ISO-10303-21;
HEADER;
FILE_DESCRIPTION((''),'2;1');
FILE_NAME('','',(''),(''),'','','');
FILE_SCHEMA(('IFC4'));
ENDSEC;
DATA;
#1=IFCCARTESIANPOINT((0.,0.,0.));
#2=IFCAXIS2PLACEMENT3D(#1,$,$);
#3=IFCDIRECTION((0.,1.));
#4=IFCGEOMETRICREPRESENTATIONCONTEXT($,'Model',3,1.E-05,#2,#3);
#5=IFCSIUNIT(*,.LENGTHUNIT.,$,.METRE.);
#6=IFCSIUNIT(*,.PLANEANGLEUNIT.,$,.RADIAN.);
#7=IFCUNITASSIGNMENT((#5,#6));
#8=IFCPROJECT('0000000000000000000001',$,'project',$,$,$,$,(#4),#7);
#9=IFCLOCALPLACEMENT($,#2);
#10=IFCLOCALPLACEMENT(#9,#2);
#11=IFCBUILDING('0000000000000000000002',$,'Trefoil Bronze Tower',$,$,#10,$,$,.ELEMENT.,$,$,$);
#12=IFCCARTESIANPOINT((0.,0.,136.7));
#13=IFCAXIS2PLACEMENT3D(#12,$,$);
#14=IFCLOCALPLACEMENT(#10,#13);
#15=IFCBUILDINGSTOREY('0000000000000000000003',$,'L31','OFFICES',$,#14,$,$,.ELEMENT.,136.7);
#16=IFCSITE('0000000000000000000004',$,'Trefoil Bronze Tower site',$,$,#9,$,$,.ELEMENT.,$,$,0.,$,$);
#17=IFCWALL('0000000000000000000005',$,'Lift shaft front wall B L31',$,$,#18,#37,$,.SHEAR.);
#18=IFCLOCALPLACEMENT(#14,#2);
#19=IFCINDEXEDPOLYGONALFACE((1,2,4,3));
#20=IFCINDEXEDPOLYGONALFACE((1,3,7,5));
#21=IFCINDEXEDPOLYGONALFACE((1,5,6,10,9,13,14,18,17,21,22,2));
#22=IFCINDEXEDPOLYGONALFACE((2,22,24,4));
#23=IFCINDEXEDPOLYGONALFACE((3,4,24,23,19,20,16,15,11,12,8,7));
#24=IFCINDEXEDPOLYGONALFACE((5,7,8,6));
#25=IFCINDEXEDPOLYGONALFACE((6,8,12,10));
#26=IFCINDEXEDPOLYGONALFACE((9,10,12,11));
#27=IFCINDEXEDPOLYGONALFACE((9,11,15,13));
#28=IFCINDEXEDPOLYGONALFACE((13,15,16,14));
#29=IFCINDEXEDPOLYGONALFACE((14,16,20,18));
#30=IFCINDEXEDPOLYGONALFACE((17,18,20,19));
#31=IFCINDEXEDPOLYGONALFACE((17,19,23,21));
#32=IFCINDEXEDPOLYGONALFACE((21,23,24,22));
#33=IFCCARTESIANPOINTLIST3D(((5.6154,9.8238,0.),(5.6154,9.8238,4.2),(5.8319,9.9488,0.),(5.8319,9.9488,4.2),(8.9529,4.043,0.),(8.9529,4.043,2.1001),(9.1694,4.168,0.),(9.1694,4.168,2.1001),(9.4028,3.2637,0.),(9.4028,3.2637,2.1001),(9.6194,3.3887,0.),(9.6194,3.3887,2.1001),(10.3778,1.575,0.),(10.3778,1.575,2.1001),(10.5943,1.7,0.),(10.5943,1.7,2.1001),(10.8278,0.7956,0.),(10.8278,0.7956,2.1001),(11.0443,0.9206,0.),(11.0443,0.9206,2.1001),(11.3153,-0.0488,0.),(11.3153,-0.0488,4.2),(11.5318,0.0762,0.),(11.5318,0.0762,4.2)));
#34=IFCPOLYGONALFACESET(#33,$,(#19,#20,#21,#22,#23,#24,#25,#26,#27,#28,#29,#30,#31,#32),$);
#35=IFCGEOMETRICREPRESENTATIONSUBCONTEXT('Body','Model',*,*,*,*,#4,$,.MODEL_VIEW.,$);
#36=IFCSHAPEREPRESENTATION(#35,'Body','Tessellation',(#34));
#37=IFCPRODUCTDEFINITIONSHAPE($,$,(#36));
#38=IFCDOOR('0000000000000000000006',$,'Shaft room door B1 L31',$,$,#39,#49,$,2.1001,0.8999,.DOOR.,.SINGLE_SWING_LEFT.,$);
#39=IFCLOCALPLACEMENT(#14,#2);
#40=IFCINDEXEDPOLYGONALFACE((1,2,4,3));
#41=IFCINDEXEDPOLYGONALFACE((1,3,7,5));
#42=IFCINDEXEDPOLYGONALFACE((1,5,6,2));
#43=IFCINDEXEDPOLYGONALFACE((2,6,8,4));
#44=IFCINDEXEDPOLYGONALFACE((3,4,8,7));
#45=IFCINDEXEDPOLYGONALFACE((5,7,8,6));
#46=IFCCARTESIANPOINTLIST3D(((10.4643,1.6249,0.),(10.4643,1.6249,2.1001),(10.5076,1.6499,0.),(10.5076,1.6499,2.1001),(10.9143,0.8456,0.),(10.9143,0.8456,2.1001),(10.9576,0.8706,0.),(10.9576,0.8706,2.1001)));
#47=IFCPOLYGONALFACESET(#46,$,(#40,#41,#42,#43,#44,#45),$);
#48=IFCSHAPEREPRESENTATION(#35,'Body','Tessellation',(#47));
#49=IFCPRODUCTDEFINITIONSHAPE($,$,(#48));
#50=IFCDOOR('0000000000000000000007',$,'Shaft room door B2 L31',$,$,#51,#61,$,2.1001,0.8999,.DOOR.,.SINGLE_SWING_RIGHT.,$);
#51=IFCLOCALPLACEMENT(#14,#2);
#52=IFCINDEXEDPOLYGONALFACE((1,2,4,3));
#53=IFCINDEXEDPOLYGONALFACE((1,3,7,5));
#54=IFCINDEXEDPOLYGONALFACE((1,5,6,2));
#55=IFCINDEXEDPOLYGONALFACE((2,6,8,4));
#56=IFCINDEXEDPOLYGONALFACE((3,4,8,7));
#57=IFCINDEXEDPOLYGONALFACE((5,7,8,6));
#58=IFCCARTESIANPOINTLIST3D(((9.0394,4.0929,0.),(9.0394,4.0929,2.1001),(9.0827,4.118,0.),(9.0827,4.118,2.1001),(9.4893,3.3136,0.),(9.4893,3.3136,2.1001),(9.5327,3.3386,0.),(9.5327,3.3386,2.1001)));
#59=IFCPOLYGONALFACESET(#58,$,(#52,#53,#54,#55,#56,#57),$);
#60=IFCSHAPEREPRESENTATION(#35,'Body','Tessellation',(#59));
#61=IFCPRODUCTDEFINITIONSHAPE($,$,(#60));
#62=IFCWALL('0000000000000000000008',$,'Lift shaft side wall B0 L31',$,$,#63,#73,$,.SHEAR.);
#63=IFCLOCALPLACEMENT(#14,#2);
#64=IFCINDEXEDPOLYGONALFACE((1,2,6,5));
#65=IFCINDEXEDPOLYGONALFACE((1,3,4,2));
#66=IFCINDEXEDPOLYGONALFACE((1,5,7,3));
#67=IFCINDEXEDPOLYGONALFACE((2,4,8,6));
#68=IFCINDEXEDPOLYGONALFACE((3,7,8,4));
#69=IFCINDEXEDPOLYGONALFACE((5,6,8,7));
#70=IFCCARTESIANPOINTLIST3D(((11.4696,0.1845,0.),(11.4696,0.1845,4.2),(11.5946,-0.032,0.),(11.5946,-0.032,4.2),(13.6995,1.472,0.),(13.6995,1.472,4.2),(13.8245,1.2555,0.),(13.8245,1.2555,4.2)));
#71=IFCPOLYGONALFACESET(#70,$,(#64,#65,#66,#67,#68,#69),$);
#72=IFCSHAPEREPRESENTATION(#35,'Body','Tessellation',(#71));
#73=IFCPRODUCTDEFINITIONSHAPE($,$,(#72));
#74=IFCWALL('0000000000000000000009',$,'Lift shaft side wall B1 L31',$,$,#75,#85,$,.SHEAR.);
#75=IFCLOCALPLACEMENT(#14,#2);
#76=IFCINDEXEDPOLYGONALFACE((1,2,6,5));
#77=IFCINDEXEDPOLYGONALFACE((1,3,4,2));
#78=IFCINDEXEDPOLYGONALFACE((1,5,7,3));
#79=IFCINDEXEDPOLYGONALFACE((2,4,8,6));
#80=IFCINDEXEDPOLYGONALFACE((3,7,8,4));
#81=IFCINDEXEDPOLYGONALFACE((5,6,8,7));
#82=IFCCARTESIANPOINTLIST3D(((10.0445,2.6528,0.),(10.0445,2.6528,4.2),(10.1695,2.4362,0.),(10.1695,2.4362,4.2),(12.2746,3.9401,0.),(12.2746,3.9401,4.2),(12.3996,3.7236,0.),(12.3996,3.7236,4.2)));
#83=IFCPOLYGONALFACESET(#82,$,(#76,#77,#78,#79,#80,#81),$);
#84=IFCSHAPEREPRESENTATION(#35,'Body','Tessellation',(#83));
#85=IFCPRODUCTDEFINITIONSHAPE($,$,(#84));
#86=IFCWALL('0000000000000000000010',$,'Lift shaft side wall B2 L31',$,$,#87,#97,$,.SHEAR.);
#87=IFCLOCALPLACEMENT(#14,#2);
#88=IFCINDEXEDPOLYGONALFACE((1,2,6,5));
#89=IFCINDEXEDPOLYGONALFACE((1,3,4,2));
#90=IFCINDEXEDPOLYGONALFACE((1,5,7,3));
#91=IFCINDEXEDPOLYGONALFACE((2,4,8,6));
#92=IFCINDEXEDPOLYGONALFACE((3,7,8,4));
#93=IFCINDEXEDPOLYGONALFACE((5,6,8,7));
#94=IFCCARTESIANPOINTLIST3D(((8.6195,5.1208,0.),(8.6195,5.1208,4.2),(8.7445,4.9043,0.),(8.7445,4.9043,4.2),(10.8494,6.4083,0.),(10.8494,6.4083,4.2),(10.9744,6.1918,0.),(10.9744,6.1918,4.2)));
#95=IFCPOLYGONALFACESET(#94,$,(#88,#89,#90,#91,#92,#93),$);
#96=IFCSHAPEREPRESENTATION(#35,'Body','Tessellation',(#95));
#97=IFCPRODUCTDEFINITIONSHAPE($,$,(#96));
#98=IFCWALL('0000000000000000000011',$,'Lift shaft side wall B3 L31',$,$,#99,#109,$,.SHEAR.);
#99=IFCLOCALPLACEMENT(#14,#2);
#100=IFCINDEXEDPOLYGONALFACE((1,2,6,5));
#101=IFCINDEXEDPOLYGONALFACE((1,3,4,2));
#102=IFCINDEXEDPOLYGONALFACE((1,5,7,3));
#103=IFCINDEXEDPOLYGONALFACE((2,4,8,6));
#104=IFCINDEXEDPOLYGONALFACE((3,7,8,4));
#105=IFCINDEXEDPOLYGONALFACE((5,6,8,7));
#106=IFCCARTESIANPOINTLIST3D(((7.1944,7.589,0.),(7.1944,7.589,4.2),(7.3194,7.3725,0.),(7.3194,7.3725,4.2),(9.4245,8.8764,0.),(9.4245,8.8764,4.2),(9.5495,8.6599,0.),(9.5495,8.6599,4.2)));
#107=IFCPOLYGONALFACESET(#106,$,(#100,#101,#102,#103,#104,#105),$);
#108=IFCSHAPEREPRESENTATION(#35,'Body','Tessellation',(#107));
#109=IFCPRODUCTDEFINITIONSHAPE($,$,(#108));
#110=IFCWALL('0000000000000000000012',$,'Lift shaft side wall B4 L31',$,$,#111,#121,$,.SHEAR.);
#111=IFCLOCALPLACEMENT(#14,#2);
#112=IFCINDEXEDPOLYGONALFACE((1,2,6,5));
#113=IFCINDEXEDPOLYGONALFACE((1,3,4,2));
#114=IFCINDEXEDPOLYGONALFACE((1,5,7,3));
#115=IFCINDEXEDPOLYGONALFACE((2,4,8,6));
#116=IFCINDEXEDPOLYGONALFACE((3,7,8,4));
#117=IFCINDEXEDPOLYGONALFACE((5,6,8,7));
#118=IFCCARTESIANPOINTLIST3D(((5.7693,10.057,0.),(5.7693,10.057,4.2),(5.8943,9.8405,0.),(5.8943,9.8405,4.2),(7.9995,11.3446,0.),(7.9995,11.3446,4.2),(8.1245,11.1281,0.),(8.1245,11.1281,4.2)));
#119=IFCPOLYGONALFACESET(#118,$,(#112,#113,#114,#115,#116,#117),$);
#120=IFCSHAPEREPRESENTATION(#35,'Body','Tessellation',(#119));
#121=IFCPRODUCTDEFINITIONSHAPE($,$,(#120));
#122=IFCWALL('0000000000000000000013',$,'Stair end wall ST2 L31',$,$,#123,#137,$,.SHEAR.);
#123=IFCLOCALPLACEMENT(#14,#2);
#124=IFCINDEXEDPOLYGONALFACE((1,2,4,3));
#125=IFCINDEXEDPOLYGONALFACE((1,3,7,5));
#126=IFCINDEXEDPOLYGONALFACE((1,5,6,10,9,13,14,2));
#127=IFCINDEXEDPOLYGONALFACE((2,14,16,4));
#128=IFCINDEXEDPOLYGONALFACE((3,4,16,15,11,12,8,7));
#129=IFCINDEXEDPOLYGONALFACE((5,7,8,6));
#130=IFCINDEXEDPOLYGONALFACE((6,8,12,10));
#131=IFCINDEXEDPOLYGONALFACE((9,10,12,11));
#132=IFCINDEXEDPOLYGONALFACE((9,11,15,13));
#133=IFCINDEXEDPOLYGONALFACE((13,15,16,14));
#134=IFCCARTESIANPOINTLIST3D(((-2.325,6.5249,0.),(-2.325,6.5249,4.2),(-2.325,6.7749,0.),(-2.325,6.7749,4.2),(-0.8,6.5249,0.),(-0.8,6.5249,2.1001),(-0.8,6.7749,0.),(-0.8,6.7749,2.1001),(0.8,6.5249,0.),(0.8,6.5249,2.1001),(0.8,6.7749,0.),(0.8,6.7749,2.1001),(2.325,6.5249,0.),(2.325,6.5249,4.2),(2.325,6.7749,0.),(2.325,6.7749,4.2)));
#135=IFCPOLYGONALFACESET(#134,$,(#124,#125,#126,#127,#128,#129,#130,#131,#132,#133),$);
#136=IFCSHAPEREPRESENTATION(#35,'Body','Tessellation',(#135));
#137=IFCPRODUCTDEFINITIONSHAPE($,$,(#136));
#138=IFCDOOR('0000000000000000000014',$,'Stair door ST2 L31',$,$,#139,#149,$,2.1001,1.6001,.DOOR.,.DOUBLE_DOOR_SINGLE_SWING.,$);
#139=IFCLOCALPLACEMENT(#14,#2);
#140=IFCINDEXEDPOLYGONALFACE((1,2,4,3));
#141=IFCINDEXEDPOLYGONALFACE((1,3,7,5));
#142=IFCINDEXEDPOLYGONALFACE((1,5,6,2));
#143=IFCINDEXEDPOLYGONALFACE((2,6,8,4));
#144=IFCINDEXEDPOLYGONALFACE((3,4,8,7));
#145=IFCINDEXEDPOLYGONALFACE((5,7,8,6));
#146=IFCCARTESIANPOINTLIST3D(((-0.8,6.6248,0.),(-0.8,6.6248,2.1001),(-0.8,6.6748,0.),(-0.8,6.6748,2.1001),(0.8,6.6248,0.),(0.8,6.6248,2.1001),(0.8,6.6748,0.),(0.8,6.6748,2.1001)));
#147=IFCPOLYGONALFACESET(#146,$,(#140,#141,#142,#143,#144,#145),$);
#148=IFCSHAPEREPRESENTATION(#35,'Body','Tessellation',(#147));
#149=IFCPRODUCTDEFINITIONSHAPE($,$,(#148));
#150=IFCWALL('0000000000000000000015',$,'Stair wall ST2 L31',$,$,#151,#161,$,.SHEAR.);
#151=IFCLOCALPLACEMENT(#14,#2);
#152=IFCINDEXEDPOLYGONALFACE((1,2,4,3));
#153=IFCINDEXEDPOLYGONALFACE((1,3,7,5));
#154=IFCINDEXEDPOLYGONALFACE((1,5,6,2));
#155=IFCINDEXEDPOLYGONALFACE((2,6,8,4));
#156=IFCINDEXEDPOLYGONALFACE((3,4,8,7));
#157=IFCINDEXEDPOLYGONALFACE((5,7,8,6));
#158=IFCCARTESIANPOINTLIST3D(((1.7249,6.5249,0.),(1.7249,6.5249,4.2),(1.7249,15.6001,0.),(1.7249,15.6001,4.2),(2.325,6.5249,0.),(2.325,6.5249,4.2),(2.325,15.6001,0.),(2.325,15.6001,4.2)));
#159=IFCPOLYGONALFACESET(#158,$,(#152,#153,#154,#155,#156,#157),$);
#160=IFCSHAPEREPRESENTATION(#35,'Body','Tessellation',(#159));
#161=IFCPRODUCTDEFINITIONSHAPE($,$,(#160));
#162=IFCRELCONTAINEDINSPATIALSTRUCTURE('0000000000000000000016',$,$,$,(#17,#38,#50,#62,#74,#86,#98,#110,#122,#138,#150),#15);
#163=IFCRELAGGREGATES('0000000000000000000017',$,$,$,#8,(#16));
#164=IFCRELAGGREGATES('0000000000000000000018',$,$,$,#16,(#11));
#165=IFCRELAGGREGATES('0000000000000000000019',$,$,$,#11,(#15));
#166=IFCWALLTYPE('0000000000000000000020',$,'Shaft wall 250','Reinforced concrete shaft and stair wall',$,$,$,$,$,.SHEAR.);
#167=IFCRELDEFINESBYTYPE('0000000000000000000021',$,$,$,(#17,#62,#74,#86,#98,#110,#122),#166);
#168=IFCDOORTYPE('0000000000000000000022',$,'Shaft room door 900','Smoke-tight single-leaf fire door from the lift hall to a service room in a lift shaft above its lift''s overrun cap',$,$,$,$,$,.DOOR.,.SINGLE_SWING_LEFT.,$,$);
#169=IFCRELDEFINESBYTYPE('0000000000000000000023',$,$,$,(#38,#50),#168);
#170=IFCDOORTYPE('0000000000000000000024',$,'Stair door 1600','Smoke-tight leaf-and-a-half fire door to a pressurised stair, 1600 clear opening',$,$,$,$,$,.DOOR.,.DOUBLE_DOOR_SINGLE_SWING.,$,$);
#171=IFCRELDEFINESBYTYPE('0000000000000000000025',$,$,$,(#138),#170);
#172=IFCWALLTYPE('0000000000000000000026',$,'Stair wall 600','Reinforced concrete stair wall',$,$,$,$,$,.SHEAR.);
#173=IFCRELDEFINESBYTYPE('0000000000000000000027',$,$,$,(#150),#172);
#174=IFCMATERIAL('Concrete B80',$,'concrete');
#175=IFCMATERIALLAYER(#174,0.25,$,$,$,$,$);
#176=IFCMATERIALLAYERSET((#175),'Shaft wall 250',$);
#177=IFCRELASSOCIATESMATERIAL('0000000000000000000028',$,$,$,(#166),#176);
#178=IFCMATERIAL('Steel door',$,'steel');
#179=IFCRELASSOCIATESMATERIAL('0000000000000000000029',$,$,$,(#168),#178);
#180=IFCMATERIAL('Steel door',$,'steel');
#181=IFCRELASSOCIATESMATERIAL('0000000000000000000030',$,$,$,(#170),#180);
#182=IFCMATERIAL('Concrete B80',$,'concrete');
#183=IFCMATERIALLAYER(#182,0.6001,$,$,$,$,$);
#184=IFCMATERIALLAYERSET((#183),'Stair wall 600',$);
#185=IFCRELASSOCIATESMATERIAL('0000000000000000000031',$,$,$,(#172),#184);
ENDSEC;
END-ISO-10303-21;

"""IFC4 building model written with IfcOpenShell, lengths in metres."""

from ifc_helpers import new_model, si_unit, direction, frame, frame_2d, origin, place, context, subcontext, project, spatial, rectangle, extrude, material, layer, layer_set, type_object, element, fill, save


model = new_model("IFC4")

# Units and contexts
model_context = context("Model", 3, precision=1e-05, world=origin(), true_north=direction((0.0, 1.0)))
body_context = subcontext(model_context, "Body", "Model", "MODEL_VIEW")
ifc_project = project(units=[si_unit("LENGTHUNIT", "METRE"), si_unit("PLANEANGLEUNIT", "RADIAN")], contexts=[model_context])

# Site, building, storey
site_placement = place(None, origin())
site = spatial("IfcSite", under=ifc_project, at=site_placement, Name="Trefoil Bronze Tower site", CompositionType="ELEMENT", RefElevation=0.0)
building_placement = place(site_placement, origin())
building = spatial("IfcBuilding", under=site, at=building_placement, Name="Trefoil Bronze Tower", CompositionType="ELEMENT")
storey_placement = place(building_placement, frame((0.0, 0.0, 136.7)))
storey = spatial("IfcBuildingStorey", under=building, at=storey_placement, Name="L31", Description="OFFICES", CompositionType="ELEMENT", Elevation=136.7)

# Wall, openings, doors
ifc_material_1 = material(Name="Concrete B80", Category="concrete")
ifc_layer_1 = layer(ifc_material_1, 0.25)
ifc_layer_set_1 = layer_set([ifc_layer_1], Name="Shaft wall 250")
wall_type_1 = type_object("IfcWallType", Name="Shaft wall 250", Description="Reinforced concrete shaft and stair wall", PredefinedType="SHEAR", material=ifc_layer_set_1)
wall_1_placement = place(storey_placement, frame((11.4236, 0.0137, 0.0), z_axis=(0.0, 0.0, 1.0), x_axis=(-0.500002, 0.866024, 0.0)))
wall_1 = element("IfcWall", 1, at=wall_1_placement, inside=storey, type_object=wall_type_1, Name="Lift shaft front wall B L31", PredefinedType="SHEAR", context=body_context, shape_type="SweptSolid", body=[
    extrude(rectangle(XDim=11.3999, YDim=0.25, at=frame_2d((5.7, 0.0))), origin(), (0.0, 0.0, 1.0), 4.2),
])
opening_1_placement = place(wall_1_placement, frame((0.9751, 0.0, 0.0)))
opening_1 = element("IfcOpeningElement", 2, at=opening_1_placement, cuts=wall_1, PredefinedType="OPENING", context=body_context, shape_type="SweptSolid", body=[
    extrude(rectangle(XDim=0.8999, YDim=2.1001, at=frame_2d((0.45, 1.05))), frame((0.0, 0.135, 0.0), z_axis=(0.0, -1.0, 0.0), x_axis=(1.0, 0.0, 0.0)), (0.0, 0.0, 1.0), 0.27),
])
opening_2_placement = place(wall_1_placement, frame((3.825, 0.0, 0.0)))
opening_2 = element("IfcOpeningElement", 3, at=opening_2_placement, cuts=wall_1, PredefinedType="OPENING", context=body_context, shape_type="SweptSolid", body=[
    extrude(rectangle(XDim=0.8999, YDim=2.1001, at=frame_2d((0.45, 1.05))), frame((0.0, 0.135, 0.0), z_axis=(0.0, -1.0, 0.0), x_axis=(1.0, 0.0, 0.0)), (0.0, 0.0, 1.0), 0.27),
])
ifc_material_2 = material(Name="Steel door", Category="steel")
door_type_1 = type_object("IfcDoorType", Name="Shaft room door 900", Description="Smoke-tight single-leaf fire door from the lift hall to a service room in a lift shaft above its lift's overrun cap", OperationType="SINGLE_SWING_LEFT", PredefinedType="DOOR", material=ifc_material_2)
door_1_placement = place(opening_1_placement, frame((0.8999, 0.0, 0.0), z_axis=(0.0, 0.0, 1.0), x_axis=(-1.0, 0.0, 0.0)))
door_1 = element("IfcDoor", 4, at=door_1_placement, inside=storey, type_object=door_type_1, Name="Shaft room door B1 L31", OperationType="SINGLE_SWING_LEFT", OverallHeight=2.1001, OverallWidth=0.8999, PredefinedType="DOOR", context=body_context, shape_type="SweptSolid", body=[
    extrude(rectangle(XDim=0.8999, YDim=2.1001, at=frame_2d((0.45, 1.05))), frame((0.0, 0.0249, 0.0), z_axis=(0.0, -1.0, 0.0), x_axis=(1.0, 0.0, 0.0)), (0.0, 0.0, 1.0), 0.05),
])
fill(opening_1, door_1)
door_2_placement = place(opening_2_placement, frame((0.8999, 0.0, 0.0), z_axis=(0.0, 0.0, 1.0), x_axis=(-1.0, 0.0, 0.0)))
door_2 = element("IfcDoor", 5, at=door_2_placement, inside=storey, type_object=door_type_1, Name="Shaft room door B2 L31", OperationType="SINGLE_SWING_RIGHT", OverallHeight=2.1001, OverallWidth=0.8999, PredefinedType="DOOR", context=body_context, shape_type="SweptSolid", body=[
    extrude(rectangle(XDim=0.8999, YDim=2.1001, at=frame_2d((0.45, 1.05))), frame((0.0, 0.0249, 0.0), z_axis=(0.0, -1.0, 0.0), x_axis=(1.0, 0.0, 0.0)), (0.0, 0.0, 1.0), 0.05),
])
fill(opening_2, door_2)

# Walls
for number, where, z_axis, x_axis, name in (
    (6, (11.532, 0.0762, 0.0), (0.0, 0.0, 1.0), (0.866006, 0.500034, 0.0), "Lift shaft side wall B0 L31"),
    (7, (10.1069, 2.5444, 0.0), (0.0, 0.0, 1.0), (0.866047, 0.499963, 0.0), "Lift shaft side wall B1 L31"),
    (8, (8.6819, 5.0125, 0.0), (0.0, 0.0, 1.0), (0.866006, 0.500034, 0.0), "Lift shaft side wall B2 L31"),
    (9, (7.2568, 7.4807, 0.0), (0.0, 0.0, 1.0), (0.866047, 0.499963, 0.0), "Lift shaft side wall B3 L31"),
):
    element("IfcWall", number, at=place(storey_placement, frame(where, z_axis=z_axis, x_axis=x_axis)), inside=storey, type_object=wall_type_1, Name=name, PredefinedType="SHEAR", context=body_context, shape_type="SweptSolid", body=[
        extrude(rectangle(XDim=2.575, YDim=0.25, at=frame_2d((1.2876, 0.0))), origin(), (0.0, 0.0, 1.0), 4.2),
    ])
wall_2_placement = place(storey_placement, frame((5.8318, 9.9487, 0.0), z_axis=(0.0, 0.0, 1.0), x_axis=(0.866029, 0.499993, 0.0)))
element("IfcWall", 10, at=wall_2_placement, inside=storey, type_object=wall_type_1, Name="Lift shaft side wall B4 L31", PredefinedType="SHEAR", context=body_context, shape_type="SweptSolid", body=[
    extrude(rectangle(XDim=2.5752, YDim=0.25, at=frame_2d((1.2876, 0.0))), origin(), (0.0, 0.0, 1.0), 4.2),
])

# Wall, opening, door
wall_3_placement = place(storey_placement, frame((2.325, 6.6499, 0.0), z_axis=(0.0, 0.0, 1.0), x_axis=(-1.0, 0.0, 0.0)))
wall_3 = element("IfcWall", 11, at=wall_3_placement, inside=storey, type_object=wall_type_1, Name="Stair end wall ST2 L31", PredefinedType="SHEAR", context=body_context, shape_type="SweptSolid", body=[
    extrude(rectangle(XDim=4.6499, YDim=0.25, at=frame_2d((2.325, 0.0))), origin(), (0.0, 0.0, 1.0), 4.2),
])
opening_3_placement = place(wall_3_placement, frame((1.5249, 0.0, 0.0)))
opening_3 = element("IfcOpeningElement", 12, at=opening_3_placement, cuts=wall_3, PredefinedType="OPENING", context=body_context, shape_type="SweptSolid", body=[
    extrude(rectangle(XDim=1.6001, YDim=2.1001, at=frame_2d((0.8, 1.05))), frame((0.0, 0.135, 0.0), z_axis=(0.0, -1.0, 0.0), x_axis=(1.0, 0.0, 0.0)), (0.0, 0.0, 1.0), 0.27),
])
ifc_material_3 = material(Name="Steel door", Category="steel")
door_type_2 = type_object("IfcDoorType", Name="Stair door 1600", Description="Smoke-tight leaf-and-a-half fire door to a pressurised stair, 1600 clear opening", OperationType="DOUBLE_DOOR_SINGLE_SWING", PredefinedType="DOOR", material=ifc_material_3)
door_3_placement = place(opening_3_placement, frame((1.6001, 0.0, 0.0), z_axis=(0.0, 0.0, 1.0), x_axis=(-1.0, 0.0, 0.0)))
door_3 = element("IfcDoor", 13, at=door_3_placement, inside=storey, type_object=door_type_2, Name="Stair door ST2 L31", OperationType="DOUBLE_DOOR_SINGLE_SWING", OverallHeight=2.1001, OverallWidth=1.6001, PredefinedType="DOOR", context=body_context, shape_type="SweptSolid", body=[
    extrude(rectangle(XDim=1.6001, YDim=2.1001, at=frame_2d((0.8, 1.05))), frame((0.0, 0.0249, 0.0), z_axis=(0.0, -1.0, 0.0), x_axis=(1.0, 0.0, 0.0)), (0.0, 0.0, 1.0), 0.05),
])
fill(opening_3, door_3)

# Wall
ifc_material_4 = material(Name="Concrete B80", Category="concrete")
ifc_layer_2 = layer(ifc_material_4, 0.6001)
ifc_layer_set_2 = layer_set([ifc_layer_2], Name="Stair wall 600")
wall_type_2 = type_object("IfcWallType", Name="Stair wall 600", Description="Reinforced concrete stair wall", PredefinedType="SHEAR", material=ifc_layer_set_2)
wall_4_placement = place(storey_placement, frame((2.0249, 6.5249, 0.0), z_axis=(0.0, 0.0, 1.0), x_axis=(0.0, 1.0, 0.0)))
element("IfcWall", 14, at=wall_4_placement, inside=storey, type_object=wall_type_2, Name="Stair wall ST2 L31", PredefinedType="SHEAR", context=body_context, shape_type="SweptSolid", body=[
    extrude(rectangle(XDim=9.0752, YDim=0.6001, at=frame_2d((4.5376, 0.0))), origin(), (0.0, 0.0, 1.0), 4.2),
])

save(model, "model.ifc")
